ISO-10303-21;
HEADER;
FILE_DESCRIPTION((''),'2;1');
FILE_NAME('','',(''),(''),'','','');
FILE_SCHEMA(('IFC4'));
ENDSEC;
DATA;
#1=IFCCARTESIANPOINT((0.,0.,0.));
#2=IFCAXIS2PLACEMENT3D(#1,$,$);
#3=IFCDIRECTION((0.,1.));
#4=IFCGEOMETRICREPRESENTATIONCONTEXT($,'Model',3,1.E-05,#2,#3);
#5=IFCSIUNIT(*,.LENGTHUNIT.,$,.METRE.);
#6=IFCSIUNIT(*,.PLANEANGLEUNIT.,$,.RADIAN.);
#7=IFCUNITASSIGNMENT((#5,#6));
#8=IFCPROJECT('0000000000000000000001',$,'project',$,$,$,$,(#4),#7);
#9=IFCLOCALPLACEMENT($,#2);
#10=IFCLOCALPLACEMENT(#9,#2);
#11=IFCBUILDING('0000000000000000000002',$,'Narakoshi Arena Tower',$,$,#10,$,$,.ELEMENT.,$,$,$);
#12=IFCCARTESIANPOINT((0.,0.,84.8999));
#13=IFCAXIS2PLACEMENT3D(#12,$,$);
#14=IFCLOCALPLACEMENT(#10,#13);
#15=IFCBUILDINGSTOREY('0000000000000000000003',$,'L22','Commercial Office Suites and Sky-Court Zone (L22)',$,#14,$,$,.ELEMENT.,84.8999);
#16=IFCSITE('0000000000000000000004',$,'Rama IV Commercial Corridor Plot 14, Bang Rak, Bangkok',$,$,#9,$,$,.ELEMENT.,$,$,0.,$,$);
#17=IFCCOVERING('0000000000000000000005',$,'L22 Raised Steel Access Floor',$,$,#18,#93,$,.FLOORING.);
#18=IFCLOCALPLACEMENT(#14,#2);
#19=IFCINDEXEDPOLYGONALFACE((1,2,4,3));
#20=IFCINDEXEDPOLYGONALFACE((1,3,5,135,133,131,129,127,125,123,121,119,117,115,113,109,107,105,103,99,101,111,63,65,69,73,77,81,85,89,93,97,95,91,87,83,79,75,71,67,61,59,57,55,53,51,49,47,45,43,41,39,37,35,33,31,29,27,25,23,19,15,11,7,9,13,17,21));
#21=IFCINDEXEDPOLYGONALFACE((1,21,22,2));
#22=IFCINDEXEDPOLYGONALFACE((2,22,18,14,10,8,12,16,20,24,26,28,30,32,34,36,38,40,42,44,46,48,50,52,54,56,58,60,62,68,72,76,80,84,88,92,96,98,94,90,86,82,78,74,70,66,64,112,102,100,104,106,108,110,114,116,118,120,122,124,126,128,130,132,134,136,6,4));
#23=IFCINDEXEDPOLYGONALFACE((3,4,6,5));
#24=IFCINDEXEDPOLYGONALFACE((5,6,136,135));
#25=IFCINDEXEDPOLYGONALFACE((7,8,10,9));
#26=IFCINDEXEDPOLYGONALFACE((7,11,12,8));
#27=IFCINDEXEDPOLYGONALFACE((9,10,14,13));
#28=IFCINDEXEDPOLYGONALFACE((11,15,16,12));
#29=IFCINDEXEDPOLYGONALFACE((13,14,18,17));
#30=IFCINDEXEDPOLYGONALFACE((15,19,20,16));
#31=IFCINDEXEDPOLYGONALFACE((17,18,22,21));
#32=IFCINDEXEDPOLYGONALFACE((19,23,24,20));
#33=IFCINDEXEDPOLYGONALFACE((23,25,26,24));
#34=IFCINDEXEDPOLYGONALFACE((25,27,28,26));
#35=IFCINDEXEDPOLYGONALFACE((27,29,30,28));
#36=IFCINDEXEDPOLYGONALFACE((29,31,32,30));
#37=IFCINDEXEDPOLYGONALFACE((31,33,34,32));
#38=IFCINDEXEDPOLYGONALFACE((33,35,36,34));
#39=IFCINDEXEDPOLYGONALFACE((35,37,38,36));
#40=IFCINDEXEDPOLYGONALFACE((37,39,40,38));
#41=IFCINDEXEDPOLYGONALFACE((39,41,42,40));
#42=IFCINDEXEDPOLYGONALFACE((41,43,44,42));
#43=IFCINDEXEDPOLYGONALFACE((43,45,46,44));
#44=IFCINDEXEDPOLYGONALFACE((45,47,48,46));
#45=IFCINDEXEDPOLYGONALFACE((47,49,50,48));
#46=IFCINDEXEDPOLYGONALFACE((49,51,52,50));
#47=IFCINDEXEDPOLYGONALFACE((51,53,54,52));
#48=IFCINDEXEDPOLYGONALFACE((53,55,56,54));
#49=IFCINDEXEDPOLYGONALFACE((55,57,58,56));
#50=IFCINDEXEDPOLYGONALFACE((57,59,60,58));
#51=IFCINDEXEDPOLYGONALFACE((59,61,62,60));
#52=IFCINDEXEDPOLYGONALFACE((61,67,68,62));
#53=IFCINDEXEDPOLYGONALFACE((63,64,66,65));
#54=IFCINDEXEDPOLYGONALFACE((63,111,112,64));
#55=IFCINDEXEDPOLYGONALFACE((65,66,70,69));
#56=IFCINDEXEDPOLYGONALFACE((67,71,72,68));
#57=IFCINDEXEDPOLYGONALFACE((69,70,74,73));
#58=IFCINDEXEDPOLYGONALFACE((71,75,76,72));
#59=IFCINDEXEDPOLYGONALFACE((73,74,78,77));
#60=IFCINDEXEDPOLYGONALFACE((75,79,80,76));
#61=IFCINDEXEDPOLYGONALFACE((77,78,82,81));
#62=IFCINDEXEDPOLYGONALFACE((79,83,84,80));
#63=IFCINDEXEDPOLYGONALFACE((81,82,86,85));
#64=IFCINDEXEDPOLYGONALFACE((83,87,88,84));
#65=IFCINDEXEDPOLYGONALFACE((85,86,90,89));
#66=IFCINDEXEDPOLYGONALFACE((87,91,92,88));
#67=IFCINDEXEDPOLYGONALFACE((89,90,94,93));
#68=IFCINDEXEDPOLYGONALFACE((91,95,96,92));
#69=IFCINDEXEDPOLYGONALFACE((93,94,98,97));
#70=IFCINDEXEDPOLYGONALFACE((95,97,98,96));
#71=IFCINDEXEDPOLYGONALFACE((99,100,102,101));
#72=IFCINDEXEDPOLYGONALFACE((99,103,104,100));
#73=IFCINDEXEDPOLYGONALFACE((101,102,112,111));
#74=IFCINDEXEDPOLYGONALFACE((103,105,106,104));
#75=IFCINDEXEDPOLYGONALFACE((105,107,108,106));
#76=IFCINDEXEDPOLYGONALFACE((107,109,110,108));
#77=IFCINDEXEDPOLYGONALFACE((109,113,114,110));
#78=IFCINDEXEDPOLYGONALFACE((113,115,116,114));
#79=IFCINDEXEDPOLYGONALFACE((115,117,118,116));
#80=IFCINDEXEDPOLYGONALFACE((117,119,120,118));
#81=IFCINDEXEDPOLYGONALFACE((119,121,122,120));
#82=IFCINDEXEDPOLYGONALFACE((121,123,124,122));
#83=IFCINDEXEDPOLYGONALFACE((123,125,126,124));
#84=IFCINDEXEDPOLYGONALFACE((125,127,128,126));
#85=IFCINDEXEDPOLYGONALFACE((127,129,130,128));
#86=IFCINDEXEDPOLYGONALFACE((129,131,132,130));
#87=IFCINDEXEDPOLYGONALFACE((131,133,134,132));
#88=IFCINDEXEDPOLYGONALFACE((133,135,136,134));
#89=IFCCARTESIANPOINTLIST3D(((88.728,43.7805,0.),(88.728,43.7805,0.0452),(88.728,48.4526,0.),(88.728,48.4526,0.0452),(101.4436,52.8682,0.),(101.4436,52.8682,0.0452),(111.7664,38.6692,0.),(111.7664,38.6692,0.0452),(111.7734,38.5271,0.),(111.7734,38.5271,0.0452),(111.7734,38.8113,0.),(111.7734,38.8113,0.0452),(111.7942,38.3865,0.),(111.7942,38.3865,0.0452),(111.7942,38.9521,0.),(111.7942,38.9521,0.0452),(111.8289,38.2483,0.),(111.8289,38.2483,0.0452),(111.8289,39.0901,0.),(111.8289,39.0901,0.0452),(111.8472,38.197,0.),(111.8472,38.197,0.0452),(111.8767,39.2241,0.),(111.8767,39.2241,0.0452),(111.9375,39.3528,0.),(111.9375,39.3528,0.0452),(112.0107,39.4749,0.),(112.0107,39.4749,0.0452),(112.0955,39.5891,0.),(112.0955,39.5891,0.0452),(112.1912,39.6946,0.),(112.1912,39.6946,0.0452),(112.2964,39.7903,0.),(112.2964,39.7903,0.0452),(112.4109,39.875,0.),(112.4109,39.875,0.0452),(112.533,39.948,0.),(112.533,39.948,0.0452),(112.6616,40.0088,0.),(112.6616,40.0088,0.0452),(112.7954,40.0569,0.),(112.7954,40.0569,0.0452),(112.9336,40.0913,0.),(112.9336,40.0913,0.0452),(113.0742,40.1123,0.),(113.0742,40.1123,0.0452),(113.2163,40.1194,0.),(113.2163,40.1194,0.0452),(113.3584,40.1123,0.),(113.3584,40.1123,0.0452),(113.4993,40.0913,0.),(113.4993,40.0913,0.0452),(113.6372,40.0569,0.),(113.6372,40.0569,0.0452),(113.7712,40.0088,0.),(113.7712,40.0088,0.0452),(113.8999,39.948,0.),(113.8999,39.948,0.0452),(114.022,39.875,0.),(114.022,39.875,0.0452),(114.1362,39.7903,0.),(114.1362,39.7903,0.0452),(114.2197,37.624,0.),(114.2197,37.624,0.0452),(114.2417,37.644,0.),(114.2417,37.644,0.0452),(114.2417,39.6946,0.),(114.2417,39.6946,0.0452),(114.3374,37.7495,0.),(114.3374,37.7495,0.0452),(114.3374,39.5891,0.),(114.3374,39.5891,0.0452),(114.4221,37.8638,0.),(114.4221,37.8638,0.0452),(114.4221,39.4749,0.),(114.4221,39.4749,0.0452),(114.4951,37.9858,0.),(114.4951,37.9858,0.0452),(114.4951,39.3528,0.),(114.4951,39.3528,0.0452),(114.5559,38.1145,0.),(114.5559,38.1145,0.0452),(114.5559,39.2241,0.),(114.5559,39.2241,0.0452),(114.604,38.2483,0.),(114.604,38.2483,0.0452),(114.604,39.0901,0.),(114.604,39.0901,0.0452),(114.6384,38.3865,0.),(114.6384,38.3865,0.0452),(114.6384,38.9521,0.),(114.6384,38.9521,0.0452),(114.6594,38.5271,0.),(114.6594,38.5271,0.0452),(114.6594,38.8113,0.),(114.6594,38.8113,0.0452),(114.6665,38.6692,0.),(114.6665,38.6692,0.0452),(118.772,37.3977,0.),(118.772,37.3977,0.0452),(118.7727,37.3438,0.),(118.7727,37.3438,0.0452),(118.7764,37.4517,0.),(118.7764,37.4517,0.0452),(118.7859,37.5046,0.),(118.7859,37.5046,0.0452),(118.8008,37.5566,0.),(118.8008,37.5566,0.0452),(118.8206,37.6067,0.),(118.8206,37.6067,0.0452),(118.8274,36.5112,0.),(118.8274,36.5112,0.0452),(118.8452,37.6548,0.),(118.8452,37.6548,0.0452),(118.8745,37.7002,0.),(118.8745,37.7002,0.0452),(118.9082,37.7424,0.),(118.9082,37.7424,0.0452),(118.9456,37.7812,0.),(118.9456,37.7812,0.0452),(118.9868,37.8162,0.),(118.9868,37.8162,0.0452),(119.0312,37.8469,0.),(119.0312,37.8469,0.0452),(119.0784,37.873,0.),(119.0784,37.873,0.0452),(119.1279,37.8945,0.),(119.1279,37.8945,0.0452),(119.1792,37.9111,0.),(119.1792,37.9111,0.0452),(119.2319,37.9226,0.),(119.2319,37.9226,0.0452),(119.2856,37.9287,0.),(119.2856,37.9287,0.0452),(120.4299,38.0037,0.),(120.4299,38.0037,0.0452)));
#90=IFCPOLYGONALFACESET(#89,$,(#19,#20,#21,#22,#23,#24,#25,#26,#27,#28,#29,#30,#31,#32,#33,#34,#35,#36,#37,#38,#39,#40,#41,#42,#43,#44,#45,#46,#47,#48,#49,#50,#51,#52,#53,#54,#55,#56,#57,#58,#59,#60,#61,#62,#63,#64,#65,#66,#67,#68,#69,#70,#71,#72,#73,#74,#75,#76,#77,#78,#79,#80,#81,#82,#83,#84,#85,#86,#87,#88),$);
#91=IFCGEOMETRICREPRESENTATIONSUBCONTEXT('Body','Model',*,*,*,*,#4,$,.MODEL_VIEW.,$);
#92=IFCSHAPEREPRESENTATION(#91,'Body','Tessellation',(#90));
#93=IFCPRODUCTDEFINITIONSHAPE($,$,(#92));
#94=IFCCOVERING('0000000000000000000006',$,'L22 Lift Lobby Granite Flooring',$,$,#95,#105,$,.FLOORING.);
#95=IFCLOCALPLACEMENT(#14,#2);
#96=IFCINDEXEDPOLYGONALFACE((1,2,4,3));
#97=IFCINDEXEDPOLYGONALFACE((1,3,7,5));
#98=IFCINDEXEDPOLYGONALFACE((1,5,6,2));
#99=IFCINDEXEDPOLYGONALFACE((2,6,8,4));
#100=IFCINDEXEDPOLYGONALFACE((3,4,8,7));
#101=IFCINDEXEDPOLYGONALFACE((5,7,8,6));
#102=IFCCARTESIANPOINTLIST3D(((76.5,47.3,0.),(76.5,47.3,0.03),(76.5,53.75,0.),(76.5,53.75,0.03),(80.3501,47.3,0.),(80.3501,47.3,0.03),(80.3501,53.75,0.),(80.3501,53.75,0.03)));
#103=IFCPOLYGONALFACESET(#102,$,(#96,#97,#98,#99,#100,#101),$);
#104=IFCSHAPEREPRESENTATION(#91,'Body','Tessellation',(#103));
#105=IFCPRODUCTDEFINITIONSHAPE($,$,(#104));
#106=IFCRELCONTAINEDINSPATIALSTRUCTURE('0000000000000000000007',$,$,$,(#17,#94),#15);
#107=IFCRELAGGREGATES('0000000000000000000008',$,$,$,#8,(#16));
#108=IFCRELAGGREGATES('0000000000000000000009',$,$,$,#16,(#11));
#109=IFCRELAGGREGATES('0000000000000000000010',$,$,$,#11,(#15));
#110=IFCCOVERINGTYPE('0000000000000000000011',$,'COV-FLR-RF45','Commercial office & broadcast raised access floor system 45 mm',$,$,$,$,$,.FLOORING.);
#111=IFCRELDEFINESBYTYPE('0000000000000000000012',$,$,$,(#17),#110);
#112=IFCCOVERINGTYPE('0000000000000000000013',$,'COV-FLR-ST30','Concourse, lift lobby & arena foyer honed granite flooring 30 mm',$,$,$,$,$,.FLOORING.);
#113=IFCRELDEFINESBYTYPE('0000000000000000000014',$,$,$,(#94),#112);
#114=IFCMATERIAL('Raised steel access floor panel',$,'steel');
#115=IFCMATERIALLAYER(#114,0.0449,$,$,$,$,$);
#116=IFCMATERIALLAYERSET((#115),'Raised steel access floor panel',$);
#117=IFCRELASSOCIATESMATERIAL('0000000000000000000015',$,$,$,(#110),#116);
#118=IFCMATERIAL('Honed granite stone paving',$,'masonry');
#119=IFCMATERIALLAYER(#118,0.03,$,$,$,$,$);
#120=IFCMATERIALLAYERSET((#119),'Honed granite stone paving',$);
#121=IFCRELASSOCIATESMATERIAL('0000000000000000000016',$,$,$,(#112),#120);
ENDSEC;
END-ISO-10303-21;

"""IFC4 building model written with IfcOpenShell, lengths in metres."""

from ifc_helpers import new_model, si_unit, direction, frame, origin, place, context, subcontext, project, spatial, polyline, outline, extrude, material, layer, layer_set, type_object, element, save


model = new_model("IFC4")

# Units and contexts
model_context = context("Model", 3, precision=1e-05, world=origin(), true_north=direction((0.0, 1.0)))
body_context = subcontext(model_context, "Body", "Model", "MODEL_VIEW")
ifc_project = project(units=[si_unit("LENGTHUNIT", "METRE"), si_unit("PLANEANGLEUNIT", "RADIAN")], contexts=[model_context])

# Site, building, storey
site_placement = place(None, origin())
site = spatial("IfcSite", under=ifc_project, at=site_placement, Name="Rama IV Commercial Corridor Plot 14, Bang Rak, Bangkok", CompositionType="ELEMENT", RefElevation=0.0)
building_placement = place(site_placement, origin())
building = spatial("IfcBuilding", under=site, at=building_placement, Name="Narakoshi Arena Tower", CompositionType="ELEMENT")
storey_placement = place(building_placement, frame((0.0, 0.0, 84.8999)))
storey = spatial("IfcBuildingStorey", under=building, at=storey_placement, Name="L22", Description="Commercial Office Suites and Sky-Court Zone (L22)", CompositionType="ELEMENT", Elevation=84.8999)

# Coverings
ifc_material_1 = material(Name="Raised steel access floor panel", Category="steel")
ifc_layer_1 = layer(ifc_material_1, 0.0449)
ifc_layer_set_1 = layer_set([ifc_layer_1], Name="Raised steel access floor panel")
covering_type_1 = type_object("IfcCoveringType", Name="COV-FLR-RF45", Description="Commercial office & broadcast raised access floor system 45 mm", PredefinedType="FLOORING", material=ifc_layer_set_1)
covering_1_placement = place(storey_placement, origin())
element("IfcCovering", 1, at=covering_1_placement, inside=storey, type_object=covering_type_1, Name="L22 Raised Steel Access Floor", PredefinedType="FLOORING", context=body_context, shape_type="SweptSolid", body=[
    extrude(outline(polyline([(119.2856, 37.9287), (119.2319, 37.9226), (119.1792, 37.9111), (119.1279, 37.8945), (119.0784, 37.873), (119.0312, 37.8469), (118.9868, 37.8162), (118.9456, 37.7812), (118.9082, 37.7424), (118.8745, 37.7002), (118.8452, 37.6548), (118.8206, 37.6067), (118.8008, 37.5566), (118.7859, 37.5046), (118.7764, 37.4517), (118.772, 37.3977), (118.7727, 37.3438), (118.8274, 36.5112), (114.2197, 37.624), (114.2417, 37.644), (114.3374, 37.7495), (114.4221, 37.8638), (114.4951, 37.9858), (114.5559, 38.1145), (114.604, 38.2483), (114.6384, 38.3865), (114.6594, 38.5271), (114.6665, 38.6692), (114.6594, 38.8113), (114.6384, 38.9521), (114.604, 39.0901), (114.5559, 39.2241), (114.4951, 39.3528), (114.4221, 39.4749), (114.3374, 39.5891), (114.2417, 39.6946), (114.1362, 39.7903), (114.022, 39.875), (113.8999, 39.948), (113.7712, 40.0088), (113.6372, 40.0569), (113.4993, 40.0913), (113.3584, 40.1123), (113.2163, 40.1194), (113.0742, 40.1123), (112.9336, 40.0913), (112.7954, 40.0569), (112.6616, 40.0088), (112.533, 39.948), (112.4109, 39.875), (112.2964, 39.7903), (112.1912, 39.6946), (112.0955, 39.5891), (112.0107, 39.4749), (111.9375, 39.3528), (111.8767, 39.2241), (111.8289, 39.0901), (111.7942, 38.9521), (111.7734, 38.8113), (111.7664, 38.6692), (111.7734, 38.5271), (111.7942, 38.3865), (111.8289, 38.2483), (111.8472, 38.197), (88.728, 43.7805), (88.728, 48.4526), (101.4436, 52.8682), (120.4299, 38.0037), (119.2856, 37.9287)])), origin(), (0.0, 0.0, 1.0), 0.0452),
])
ifc_material_2 = material(Name="Honed granite stone paving", Category="masonry")
ifc_layer_2 = layer(ifc_material_2, 0.03)
ifc_layer_set_2 = layer_set([ifc_layer_2], Name="Honed granite stone paving")
covering_type_2 = type_object("IfcCoveringType", Name="COV-FLR-ST30", Description="Concourse, lift lobby & arena foyer honed granite flooring 30 mm", PredefinedType="FLOORING", material=ifc_layer_set_2)
covering_2_placement = place(storey_placement, origin())
element("IfcCovering", 2, at=covering_2_placement, inside=storey, type_object=covering_type_2, Name="L22 Lift Lobby Granite Flooring", PredefinedType="FLOORING", context=body_context, shape_type="SweptSolid", body=[
    extrude(outline(polyline([(76.5, 47.3), (80.3501, 47.3), (80.3501, 53.75), (76.5, 53.75), (76.5, 47.3)])), origin(), (0.0, 0.0, 1.0), 0.03),
])

save(model, "model.ifc")
